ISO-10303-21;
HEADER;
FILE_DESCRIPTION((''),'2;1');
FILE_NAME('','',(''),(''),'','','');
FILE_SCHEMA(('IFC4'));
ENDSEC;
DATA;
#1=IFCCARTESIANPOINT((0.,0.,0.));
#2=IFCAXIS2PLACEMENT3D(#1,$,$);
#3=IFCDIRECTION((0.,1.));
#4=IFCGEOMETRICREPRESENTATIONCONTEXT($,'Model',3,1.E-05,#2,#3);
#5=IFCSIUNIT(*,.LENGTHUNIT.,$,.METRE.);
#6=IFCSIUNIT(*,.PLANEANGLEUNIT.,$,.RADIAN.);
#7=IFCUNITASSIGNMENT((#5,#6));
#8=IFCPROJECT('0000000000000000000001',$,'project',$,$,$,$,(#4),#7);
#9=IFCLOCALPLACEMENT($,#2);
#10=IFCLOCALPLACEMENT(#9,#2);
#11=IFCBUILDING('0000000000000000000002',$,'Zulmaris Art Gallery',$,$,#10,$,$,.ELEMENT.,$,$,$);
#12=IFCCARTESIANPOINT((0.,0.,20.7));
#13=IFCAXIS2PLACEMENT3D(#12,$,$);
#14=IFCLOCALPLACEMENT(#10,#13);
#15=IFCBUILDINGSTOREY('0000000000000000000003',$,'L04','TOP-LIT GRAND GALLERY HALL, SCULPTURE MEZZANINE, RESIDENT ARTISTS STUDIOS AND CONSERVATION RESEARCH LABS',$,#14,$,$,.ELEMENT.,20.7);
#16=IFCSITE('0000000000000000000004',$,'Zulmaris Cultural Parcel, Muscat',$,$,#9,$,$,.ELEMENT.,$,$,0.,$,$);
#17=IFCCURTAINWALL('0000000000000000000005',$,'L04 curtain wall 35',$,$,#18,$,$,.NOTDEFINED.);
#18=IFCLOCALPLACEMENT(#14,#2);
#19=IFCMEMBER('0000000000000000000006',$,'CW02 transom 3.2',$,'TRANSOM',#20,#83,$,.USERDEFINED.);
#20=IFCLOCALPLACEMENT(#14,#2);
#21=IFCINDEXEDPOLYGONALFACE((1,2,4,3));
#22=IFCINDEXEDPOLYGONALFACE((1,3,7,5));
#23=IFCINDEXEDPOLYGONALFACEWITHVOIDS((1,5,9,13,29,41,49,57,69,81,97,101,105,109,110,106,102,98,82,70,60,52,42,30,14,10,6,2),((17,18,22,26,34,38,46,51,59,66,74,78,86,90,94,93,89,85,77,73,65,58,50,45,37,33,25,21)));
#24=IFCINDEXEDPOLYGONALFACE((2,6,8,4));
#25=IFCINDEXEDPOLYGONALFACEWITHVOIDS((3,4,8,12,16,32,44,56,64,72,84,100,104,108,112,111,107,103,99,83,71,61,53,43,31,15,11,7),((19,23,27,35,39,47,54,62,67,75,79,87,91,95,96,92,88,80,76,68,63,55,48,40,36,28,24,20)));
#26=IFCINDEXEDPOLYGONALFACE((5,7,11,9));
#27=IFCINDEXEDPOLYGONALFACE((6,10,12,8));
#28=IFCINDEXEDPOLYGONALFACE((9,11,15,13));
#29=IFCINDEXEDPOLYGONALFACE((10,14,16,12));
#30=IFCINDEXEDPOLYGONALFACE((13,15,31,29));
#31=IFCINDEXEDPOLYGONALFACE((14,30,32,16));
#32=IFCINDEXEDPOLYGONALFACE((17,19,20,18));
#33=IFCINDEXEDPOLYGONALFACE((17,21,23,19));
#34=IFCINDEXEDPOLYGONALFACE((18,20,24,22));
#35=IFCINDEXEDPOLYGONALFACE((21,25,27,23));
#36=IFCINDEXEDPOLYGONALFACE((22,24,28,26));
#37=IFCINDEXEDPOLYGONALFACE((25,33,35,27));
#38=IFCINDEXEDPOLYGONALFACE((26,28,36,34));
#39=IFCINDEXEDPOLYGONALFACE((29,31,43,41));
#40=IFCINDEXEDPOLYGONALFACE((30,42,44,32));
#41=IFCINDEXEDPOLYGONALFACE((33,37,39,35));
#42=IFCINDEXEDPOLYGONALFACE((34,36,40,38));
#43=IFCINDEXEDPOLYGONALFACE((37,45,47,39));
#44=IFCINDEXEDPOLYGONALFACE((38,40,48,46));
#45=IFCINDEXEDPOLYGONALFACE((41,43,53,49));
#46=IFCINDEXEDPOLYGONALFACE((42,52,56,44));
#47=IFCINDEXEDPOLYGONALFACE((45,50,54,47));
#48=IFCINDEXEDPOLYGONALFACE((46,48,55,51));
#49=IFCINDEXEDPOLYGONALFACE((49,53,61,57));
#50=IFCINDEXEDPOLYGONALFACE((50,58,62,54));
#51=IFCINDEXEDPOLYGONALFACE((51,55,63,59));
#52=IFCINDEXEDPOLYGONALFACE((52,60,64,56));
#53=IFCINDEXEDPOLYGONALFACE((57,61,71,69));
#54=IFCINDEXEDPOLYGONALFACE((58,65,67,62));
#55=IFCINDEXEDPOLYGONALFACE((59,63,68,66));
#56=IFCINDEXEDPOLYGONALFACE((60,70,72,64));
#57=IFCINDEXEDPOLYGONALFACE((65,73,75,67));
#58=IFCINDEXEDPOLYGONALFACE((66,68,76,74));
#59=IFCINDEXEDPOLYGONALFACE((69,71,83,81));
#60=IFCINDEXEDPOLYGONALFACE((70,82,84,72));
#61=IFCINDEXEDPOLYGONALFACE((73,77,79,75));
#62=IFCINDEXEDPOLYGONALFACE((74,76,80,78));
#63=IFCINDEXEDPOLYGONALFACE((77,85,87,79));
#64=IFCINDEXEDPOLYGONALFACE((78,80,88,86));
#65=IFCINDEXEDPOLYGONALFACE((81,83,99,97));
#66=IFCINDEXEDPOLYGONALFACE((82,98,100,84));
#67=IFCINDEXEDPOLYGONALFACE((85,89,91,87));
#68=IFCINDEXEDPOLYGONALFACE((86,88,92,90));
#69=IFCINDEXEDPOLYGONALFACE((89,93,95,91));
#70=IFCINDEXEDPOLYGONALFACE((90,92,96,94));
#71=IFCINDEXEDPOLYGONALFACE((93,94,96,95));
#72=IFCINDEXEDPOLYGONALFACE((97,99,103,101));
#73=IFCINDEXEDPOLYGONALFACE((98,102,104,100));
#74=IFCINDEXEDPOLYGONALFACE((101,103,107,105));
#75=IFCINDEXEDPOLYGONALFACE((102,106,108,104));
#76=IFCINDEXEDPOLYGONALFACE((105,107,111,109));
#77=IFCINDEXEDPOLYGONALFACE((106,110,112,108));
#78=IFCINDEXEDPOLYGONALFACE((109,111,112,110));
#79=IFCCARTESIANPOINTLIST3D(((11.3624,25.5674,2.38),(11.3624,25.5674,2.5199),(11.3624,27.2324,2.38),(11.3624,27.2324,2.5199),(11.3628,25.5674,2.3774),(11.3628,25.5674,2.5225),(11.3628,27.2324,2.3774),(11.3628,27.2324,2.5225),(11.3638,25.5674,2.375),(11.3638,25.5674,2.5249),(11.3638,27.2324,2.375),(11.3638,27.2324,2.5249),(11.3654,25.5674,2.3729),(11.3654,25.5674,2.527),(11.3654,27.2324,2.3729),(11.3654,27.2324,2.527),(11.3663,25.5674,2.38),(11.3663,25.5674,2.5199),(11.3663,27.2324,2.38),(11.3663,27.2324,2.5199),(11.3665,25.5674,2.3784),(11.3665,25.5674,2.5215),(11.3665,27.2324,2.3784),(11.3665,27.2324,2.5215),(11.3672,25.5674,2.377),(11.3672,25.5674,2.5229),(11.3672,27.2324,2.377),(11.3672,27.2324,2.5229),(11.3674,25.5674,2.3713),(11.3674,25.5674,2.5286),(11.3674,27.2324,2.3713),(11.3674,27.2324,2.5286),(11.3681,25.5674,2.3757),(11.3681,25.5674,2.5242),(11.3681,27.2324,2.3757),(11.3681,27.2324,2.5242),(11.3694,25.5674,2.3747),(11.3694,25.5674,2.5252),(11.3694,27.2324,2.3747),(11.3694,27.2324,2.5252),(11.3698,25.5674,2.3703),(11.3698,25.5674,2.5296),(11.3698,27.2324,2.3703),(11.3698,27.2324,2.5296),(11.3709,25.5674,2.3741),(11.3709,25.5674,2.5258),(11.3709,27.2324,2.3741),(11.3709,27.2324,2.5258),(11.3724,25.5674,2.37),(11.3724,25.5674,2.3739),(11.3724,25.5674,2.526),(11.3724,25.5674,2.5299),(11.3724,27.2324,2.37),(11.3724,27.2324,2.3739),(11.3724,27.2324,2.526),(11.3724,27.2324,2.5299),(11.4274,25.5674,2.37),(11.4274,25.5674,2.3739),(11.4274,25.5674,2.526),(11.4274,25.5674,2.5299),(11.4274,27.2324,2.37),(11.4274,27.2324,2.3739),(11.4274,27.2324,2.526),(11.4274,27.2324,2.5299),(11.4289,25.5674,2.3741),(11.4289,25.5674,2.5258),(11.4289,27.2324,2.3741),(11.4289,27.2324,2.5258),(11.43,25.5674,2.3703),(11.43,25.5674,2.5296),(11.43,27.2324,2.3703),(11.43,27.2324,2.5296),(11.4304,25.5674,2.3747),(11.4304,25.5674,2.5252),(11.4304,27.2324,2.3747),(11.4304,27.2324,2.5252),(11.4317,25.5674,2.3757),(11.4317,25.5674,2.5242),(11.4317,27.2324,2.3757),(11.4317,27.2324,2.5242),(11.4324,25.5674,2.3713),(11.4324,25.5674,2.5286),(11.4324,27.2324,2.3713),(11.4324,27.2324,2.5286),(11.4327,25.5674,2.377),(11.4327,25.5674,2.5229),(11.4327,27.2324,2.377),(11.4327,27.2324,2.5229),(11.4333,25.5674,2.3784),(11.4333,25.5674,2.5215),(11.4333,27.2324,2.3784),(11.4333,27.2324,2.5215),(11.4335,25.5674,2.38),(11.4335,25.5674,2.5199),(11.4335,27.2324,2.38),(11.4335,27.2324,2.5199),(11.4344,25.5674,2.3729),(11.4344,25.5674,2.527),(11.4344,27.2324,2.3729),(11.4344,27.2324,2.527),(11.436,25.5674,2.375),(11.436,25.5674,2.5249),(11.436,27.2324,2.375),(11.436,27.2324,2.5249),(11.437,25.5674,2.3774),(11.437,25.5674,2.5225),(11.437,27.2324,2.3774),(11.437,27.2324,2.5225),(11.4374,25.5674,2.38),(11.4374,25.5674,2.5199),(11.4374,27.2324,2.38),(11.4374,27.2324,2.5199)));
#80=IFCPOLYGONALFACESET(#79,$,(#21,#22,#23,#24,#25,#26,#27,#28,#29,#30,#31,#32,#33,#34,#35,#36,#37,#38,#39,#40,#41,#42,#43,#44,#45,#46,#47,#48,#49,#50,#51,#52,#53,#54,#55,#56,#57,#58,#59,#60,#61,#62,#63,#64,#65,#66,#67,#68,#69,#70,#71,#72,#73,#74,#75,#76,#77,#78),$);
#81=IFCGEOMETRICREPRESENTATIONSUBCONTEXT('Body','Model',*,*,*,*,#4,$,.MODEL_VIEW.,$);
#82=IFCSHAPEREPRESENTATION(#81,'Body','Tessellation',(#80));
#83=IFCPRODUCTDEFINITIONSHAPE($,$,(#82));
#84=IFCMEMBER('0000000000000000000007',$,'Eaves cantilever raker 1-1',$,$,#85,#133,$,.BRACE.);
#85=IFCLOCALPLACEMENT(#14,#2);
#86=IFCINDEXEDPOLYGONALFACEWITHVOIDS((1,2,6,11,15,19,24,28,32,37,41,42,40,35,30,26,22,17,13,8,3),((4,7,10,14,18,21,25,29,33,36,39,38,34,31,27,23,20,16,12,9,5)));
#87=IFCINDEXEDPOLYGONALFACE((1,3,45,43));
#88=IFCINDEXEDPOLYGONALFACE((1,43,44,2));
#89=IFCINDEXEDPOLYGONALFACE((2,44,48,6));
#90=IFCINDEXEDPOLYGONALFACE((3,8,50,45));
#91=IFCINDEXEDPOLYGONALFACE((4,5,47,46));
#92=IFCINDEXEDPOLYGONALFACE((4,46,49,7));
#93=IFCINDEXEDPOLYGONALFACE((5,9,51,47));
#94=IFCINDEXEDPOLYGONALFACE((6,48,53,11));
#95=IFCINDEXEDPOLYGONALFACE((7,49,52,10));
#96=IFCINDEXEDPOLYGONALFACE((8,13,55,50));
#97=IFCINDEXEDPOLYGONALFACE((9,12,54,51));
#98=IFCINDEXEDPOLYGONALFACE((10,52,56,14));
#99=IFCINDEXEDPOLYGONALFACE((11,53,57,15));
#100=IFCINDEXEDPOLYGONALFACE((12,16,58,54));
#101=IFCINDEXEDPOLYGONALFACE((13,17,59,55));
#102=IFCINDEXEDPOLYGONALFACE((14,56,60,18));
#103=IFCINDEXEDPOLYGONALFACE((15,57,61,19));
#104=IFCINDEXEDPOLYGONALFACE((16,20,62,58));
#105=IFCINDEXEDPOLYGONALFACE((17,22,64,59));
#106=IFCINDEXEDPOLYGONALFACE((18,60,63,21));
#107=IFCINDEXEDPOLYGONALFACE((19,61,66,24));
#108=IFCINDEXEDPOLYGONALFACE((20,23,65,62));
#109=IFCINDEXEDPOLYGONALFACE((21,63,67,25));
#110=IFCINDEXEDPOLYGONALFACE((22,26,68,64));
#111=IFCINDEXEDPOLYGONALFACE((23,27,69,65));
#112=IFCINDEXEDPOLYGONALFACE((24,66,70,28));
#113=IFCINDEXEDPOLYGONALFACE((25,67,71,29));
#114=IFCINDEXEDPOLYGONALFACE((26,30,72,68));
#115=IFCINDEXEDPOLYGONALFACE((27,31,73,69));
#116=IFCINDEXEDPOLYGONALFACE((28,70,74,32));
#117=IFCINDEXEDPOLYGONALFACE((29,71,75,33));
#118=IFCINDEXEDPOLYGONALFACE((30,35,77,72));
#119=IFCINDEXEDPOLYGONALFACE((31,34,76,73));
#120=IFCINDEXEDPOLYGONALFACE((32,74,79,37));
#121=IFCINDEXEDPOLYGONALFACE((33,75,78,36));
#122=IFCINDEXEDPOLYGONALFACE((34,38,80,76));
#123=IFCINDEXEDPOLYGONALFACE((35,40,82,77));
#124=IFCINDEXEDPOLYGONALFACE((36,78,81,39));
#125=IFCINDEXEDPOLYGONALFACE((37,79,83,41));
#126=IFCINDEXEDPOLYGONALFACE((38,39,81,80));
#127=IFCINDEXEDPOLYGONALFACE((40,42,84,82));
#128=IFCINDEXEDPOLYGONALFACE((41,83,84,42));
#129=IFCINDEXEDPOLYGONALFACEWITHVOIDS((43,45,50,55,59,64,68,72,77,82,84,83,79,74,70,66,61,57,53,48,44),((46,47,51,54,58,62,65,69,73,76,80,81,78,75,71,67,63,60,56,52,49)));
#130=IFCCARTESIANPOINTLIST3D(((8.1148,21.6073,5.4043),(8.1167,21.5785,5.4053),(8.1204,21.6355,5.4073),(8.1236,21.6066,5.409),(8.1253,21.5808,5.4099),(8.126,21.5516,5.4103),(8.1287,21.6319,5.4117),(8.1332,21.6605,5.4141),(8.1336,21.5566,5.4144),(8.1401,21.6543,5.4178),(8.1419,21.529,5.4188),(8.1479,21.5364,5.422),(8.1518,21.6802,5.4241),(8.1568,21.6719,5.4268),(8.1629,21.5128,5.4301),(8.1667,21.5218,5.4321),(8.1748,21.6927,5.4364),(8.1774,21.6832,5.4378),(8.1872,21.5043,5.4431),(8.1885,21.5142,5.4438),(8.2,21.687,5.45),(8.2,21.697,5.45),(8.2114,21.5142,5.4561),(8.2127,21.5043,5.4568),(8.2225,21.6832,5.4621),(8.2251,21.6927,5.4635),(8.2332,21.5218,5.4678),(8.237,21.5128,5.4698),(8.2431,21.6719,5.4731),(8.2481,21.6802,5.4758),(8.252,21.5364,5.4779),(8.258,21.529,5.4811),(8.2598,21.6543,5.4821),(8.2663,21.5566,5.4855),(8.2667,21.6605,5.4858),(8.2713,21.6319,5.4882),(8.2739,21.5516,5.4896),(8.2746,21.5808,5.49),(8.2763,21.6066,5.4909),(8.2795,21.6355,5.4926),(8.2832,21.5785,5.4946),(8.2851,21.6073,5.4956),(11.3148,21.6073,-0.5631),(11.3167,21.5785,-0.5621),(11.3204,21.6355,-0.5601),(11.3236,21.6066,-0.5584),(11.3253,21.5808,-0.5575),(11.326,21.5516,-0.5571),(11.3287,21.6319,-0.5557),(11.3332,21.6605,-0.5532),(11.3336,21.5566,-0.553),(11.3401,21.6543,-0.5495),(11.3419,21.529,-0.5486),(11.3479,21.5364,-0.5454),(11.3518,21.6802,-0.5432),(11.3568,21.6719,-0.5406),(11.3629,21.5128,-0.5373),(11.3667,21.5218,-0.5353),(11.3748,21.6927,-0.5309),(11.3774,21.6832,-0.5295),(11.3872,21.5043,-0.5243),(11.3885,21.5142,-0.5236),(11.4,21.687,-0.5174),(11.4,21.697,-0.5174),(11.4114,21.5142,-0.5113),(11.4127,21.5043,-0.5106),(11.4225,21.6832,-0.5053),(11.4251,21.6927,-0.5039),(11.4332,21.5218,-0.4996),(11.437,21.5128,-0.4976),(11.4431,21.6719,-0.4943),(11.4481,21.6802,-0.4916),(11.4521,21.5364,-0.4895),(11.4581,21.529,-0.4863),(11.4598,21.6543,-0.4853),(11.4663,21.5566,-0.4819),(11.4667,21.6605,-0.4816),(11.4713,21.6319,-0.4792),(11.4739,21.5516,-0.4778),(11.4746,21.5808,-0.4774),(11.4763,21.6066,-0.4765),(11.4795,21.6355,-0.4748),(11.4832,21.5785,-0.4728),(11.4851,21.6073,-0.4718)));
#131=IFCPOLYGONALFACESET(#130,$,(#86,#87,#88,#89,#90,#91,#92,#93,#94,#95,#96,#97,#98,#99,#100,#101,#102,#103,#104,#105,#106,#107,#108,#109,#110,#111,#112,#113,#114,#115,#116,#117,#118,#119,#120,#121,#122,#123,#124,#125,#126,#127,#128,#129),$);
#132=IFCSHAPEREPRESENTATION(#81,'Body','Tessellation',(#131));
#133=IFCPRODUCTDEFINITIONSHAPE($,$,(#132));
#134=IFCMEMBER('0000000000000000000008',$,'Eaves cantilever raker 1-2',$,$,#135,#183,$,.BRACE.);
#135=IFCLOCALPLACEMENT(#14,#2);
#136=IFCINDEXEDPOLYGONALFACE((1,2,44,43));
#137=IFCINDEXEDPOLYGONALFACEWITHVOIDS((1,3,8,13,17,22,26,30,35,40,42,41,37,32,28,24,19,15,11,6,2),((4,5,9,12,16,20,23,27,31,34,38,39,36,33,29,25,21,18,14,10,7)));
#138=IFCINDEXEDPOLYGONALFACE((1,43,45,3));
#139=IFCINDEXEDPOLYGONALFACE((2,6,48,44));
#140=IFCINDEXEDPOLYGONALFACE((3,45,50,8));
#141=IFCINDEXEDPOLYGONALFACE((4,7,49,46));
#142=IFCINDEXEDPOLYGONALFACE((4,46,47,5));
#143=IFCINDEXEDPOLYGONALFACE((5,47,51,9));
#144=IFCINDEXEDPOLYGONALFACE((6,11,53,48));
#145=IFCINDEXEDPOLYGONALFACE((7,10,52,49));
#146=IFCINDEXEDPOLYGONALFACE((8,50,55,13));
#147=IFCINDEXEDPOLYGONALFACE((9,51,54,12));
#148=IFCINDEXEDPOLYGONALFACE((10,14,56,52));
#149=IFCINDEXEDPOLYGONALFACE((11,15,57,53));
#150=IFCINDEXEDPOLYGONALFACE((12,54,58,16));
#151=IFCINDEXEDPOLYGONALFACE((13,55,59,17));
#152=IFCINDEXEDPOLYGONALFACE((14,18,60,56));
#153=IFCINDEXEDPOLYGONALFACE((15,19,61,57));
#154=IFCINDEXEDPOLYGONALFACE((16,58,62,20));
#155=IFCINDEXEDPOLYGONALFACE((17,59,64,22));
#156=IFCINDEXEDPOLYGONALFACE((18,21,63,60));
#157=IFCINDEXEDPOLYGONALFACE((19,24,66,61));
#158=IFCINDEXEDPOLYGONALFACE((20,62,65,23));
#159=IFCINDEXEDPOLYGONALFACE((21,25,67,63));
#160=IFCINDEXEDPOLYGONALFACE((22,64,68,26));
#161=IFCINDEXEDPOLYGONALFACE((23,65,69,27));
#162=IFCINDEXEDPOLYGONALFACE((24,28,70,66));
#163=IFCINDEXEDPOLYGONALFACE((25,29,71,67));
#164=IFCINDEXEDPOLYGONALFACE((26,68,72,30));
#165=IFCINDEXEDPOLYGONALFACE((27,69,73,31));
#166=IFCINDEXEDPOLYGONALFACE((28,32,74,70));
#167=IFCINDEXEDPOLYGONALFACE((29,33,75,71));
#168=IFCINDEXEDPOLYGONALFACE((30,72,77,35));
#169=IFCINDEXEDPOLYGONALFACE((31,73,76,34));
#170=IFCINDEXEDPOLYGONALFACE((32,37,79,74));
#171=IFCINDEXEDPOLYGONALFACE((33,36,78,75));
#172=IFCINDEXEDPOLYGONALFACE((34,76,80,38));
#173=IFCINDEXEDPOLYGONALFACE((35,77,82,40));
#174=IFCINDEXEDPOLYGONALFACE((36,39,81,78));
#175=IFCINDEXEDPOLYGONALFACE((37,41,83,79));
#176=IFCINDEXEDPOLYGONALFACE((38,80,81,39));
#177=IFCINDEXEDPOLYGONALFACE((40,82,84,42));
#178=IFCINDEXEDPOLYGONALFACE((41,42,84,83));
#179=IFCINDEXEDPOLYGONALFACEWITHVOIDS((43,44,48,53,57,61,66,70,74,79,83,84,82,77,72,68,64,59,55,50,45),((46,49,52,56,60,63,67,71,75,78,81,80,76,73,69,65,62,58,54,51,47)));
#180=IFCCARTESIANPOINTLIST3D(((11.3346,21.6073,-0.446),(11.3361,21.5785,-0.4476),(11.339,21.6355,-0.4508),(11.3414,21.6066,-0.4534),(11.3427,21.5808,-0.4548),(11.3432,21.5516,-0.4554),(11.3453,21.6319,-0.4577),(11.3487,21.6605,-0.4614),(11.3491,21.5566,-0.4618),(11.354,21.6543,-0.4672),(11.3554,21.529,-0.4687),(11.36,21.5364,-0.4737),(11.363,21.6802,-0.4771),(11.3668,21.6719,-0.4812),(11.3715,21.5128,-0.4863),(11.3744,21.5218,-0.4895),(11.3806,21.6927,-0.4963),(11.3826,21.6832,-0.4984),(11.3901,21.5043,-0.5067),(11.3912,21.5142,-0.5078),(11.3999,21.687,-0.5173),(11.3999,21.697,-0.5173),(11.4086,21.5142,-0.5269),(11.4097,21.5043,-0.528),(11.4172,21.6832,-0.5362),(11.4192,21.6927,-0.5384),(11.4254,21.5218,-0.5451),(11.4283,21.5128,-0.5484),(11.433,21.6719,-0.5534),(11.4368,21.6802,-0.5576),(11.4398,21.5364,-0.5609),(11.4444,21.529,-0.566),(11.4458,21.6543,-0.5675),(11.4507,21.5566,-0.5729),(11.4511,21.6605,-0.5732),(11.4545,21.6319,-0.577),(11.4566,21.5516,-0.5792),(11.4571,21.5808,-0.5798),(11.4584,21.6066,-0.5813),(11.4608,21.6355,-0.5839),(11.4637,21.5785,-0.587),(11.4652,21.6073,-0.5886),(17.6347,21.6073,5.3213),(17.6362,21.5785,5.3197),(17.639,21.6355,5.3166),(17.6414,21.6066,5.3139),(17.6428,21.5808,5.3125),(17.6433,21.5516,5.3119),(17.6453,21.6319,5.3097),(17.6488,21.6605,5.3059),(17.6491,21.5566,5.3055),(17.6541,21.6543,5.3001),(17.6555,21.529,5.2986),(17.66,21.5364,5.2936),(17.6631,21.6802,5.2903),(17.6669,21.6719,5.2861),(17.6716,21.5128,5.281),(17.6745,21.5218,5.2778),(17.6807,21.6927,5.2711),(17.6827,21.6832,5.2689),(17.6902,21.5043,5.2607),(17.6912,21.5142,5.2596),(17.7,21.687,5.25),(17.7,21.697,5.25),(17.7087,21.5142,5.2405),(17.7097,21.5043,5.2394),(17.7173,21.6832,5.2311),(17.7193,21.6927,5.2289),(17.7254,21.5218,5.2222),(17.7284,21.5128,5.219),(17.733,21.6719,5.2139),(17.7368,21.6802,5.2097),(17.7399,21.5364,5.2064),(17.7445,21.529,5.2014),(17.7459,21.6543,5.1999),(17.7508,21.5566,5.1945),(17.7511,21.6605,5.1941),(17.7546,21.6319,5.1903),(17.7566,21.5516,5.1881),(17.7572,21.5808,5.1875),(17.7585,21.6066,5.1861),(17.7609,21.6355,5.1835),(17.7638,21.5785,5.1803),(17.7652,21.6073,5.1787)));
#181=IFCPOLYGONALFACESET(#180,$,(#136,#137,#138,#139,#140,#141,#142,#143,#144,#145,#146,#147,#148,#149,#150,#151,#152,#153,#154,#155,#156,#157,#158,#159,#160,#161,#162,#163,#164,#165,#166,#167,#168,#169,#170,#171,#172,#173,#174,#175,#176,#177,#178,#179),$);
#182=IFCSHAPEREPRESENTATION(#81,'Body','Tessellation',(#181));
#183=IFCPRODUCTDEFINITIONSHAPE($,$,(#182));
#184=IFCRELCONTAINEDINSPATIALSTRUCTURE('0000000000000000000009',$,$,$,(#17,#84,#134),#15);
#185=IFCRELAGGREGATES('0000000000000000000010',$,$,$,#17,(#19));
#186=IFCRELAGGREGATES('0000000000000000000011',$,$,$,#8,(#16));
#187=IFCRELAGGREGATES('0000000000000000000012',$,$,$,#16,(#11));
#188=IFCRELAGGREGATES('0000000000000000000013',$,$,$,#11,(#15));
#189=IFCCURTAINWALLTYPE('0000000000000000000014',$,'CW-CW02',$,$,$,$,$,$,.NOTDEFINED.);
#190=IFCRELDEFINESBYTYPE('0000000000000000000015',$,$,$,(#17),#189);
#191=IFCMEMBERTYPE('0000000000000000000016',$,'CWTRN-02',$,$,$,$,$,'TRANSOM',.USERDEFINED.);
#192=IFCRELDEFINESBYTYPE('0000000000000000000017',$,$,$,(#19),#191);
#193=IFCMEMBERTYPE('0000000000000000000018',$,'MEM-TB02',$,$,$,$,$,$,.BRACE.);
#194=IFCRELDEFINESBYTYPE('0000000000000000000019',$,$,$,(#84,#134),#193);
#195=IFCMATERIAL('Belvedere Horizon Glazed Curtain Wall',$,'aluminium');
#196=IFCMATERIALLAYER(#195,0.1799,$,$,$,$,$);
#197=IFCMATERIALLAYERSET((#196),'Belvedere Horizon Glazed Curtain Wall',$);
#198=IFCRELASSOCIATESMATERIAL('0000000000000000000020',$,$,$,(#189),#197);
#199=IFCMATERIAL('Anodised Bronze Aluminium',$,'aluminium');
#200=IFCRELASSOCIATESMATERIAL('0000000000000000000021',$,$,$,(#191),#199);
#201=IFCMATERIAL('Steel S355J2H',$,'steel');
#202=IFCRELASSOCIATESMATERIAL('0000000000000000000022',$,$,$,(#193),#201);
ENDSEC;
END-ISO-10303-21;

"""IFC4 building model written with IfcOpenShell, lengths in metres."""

from ifc_helpers import new_model, si_unit, direction, frame, origin, origin_2d, place, context, subcontext, project, spatial, hollow_rectangle, hollow_circle, extrude, material, layer, layer_set, material_profile, profile_set, type_object, element, aggregate, save


model = new_model("IFC4")

# Units and contexts
model_context = context("Model", 3, precision=1e-05, world=origin(), true_north=direction((0.0, 1.0)))
body_context = subcontext(model_context, "Body", "Model", "MODEL_VIEW")
ifc_project = project(units=[si_unit("LENGTHUNIT", "METRE"), si_unit("PLANEANGLEUNIT", "RADIAN")], contexts=[model_context])

# Site, building, storey
site_placement = place(None, origin())
site = spatial("IfcSite", under=ifc_project, at=site_placement, Name="Zulmaris Cultural Parcel, Muscat", CompositionType="ELEMENT", RefElevation=0.0)
building_placement = place(site_placement, origin())
building = spatial("IfcBuilding", under=site, at=building_placement, Name="Zulmaris Art Gallery", CompositionType="ELEMENT")
storey_placement = place(building_placement, frame((0.0, 0.0, 20.7)))
storey = spatial("IfcBuildingStorey", under=building, at=storey_placement, Name="L04", Description="TOP-LIT GRAND GALLERY HALL, SCULPTURE MEZZANINE, RESIDENT ARTISTS STUDIOS AND CONSERVATION RESEARCH LABS", CompositionType="ELEMENT", Elevation=20.7)

# Curtain wall, member
ifc_material_1 = material(Name="Belvedere Horizon Glazed Curtain Wall", Category="aluminium")
ifc_layer_1 = layer(ifc_material_1, 0.1799)
ifc_layer_set_1 = layer_set([ifc_layer_1], Name="Belvedere Horizon Glazed Curtain Wall")
curtain_wall_type = type_object("IfcCurtainWallType", Name="CW-CW02", PredefinedType="NOTDEFINED", material=ifc_layer_set_1)
curtain_wall_placement = place(storey_placement, origin())
curtain_wall = element("IfcCurtainWall", 1, at=curtain_wall_placement, inside=storey, type_object=curtain_wall_type, Name="L04 curtain wall 35", PredefinedType="NOTDEFINED")
ifc_material_2 = material(Name="Anodised Bronze Aluminium", Category="aluminium")
ifc_material_profile_1 = material_profile(ifc_material_2, hollow_rectangle(XDim=0.075, YDim=0.1599, WallThickness=0.0039, InnerFilletRadius=0.0061, OuterFilletRadius=0.01, at=origin_2d()), Name="ALU 75x160x4")
ifc_profile_set_1 = profile_set([ifc_material_profile_1], Name="Anodised Bronze Aluminium")
member_type_1 = type_object("IfcMemberType", Name="CWTRN-02", ElementType="TRANSOM", PredefinedType="USERDEFINED", material=ifc_profile_set_1)
member_1_placement = place(storey_placement, frame((11.3999, 25.5674, 2.45), z_axis=(0.0, 1.0, 0.0), x_axis=(-1.0, 0.0, 0.0)))
member_1 = element("IfcMember", 2, at=member_1_placement, type_object=member_type_1, Name="CW02 transom 3.2", ObjectType="TRANSOM", PredefinedType="USERDEFINED", context=body_context, shape_type="SweptSolid", body=[
    extrude(hollow_rectangle(XDim=0.075, YDim=0.1599, WallThickness=0.0039, InnerFilletRadius=0.0061, OuterFilletRadius=0.01, at=origin_2d()), origin(), (0.0, 0.0, 1.0), 1.665),
])

# Members
ifc_material_3 = material(Name="Steel S355J2H", Category="steel")
ifc_material_profile_2 = material_profile(ifc_material_3, hollow_circle(Radius=0.0969, WallThickness=0.01, at=origin_2d()), Name="CHS 193.7x10")
ifc_profile_set_2 = profile_set([ifc_material_profile_2], Name="Steel S355J2H")
member_type_2 = type_object("IfcMemberType", Name="MEM-TB02", PredefinedType="BRACE", material=ifc_profile_set_2)
member_2_placement = place(storey_placement, frame((8.2, 21.6001, 5.45), z_axis=(0.472588, 0.0, -0.881284), x_axis=(0.0, 1.0, 0.0)))
element("IfcMember", 3, at=member_2_placement, inside=storey, type_object=member_type_2, Name="Eaves cantilever raker 1-1", PredefinedType="BRACE", context=body_context, shape_type="SweptSolid", body=[
    extrude(hollow_circle(Radius=0.0969, WallThickness=0.01, at=origin_2d()), origin(), (0.0, 0.0, 1.0), 6.7712),
])
member_3_placement = place(storey_placement, frame((11.3999, 21.6001, -0.5173), z_axis=(0.737604, 0.0, 0.675234), x_axis=(0.0, 1.0, 0.0)))
element("IfcMember", 4, at=member_3_placement, inside=storey, type_object=member_type_2, Name="Eaves cantilever raker 1-2", PredefinedType="BRACE", context=body_context, shape_type="SweptSolid", body=[
    extrude(hollow_circle(Radius=0.0969, WallThickness=0.01, at=origin_2d()), origin(), (0.0, 0.0, 1.0), 8.5413),
])

aggregate(curtain_wall, [member_1])

save(model, "model.ifc")
